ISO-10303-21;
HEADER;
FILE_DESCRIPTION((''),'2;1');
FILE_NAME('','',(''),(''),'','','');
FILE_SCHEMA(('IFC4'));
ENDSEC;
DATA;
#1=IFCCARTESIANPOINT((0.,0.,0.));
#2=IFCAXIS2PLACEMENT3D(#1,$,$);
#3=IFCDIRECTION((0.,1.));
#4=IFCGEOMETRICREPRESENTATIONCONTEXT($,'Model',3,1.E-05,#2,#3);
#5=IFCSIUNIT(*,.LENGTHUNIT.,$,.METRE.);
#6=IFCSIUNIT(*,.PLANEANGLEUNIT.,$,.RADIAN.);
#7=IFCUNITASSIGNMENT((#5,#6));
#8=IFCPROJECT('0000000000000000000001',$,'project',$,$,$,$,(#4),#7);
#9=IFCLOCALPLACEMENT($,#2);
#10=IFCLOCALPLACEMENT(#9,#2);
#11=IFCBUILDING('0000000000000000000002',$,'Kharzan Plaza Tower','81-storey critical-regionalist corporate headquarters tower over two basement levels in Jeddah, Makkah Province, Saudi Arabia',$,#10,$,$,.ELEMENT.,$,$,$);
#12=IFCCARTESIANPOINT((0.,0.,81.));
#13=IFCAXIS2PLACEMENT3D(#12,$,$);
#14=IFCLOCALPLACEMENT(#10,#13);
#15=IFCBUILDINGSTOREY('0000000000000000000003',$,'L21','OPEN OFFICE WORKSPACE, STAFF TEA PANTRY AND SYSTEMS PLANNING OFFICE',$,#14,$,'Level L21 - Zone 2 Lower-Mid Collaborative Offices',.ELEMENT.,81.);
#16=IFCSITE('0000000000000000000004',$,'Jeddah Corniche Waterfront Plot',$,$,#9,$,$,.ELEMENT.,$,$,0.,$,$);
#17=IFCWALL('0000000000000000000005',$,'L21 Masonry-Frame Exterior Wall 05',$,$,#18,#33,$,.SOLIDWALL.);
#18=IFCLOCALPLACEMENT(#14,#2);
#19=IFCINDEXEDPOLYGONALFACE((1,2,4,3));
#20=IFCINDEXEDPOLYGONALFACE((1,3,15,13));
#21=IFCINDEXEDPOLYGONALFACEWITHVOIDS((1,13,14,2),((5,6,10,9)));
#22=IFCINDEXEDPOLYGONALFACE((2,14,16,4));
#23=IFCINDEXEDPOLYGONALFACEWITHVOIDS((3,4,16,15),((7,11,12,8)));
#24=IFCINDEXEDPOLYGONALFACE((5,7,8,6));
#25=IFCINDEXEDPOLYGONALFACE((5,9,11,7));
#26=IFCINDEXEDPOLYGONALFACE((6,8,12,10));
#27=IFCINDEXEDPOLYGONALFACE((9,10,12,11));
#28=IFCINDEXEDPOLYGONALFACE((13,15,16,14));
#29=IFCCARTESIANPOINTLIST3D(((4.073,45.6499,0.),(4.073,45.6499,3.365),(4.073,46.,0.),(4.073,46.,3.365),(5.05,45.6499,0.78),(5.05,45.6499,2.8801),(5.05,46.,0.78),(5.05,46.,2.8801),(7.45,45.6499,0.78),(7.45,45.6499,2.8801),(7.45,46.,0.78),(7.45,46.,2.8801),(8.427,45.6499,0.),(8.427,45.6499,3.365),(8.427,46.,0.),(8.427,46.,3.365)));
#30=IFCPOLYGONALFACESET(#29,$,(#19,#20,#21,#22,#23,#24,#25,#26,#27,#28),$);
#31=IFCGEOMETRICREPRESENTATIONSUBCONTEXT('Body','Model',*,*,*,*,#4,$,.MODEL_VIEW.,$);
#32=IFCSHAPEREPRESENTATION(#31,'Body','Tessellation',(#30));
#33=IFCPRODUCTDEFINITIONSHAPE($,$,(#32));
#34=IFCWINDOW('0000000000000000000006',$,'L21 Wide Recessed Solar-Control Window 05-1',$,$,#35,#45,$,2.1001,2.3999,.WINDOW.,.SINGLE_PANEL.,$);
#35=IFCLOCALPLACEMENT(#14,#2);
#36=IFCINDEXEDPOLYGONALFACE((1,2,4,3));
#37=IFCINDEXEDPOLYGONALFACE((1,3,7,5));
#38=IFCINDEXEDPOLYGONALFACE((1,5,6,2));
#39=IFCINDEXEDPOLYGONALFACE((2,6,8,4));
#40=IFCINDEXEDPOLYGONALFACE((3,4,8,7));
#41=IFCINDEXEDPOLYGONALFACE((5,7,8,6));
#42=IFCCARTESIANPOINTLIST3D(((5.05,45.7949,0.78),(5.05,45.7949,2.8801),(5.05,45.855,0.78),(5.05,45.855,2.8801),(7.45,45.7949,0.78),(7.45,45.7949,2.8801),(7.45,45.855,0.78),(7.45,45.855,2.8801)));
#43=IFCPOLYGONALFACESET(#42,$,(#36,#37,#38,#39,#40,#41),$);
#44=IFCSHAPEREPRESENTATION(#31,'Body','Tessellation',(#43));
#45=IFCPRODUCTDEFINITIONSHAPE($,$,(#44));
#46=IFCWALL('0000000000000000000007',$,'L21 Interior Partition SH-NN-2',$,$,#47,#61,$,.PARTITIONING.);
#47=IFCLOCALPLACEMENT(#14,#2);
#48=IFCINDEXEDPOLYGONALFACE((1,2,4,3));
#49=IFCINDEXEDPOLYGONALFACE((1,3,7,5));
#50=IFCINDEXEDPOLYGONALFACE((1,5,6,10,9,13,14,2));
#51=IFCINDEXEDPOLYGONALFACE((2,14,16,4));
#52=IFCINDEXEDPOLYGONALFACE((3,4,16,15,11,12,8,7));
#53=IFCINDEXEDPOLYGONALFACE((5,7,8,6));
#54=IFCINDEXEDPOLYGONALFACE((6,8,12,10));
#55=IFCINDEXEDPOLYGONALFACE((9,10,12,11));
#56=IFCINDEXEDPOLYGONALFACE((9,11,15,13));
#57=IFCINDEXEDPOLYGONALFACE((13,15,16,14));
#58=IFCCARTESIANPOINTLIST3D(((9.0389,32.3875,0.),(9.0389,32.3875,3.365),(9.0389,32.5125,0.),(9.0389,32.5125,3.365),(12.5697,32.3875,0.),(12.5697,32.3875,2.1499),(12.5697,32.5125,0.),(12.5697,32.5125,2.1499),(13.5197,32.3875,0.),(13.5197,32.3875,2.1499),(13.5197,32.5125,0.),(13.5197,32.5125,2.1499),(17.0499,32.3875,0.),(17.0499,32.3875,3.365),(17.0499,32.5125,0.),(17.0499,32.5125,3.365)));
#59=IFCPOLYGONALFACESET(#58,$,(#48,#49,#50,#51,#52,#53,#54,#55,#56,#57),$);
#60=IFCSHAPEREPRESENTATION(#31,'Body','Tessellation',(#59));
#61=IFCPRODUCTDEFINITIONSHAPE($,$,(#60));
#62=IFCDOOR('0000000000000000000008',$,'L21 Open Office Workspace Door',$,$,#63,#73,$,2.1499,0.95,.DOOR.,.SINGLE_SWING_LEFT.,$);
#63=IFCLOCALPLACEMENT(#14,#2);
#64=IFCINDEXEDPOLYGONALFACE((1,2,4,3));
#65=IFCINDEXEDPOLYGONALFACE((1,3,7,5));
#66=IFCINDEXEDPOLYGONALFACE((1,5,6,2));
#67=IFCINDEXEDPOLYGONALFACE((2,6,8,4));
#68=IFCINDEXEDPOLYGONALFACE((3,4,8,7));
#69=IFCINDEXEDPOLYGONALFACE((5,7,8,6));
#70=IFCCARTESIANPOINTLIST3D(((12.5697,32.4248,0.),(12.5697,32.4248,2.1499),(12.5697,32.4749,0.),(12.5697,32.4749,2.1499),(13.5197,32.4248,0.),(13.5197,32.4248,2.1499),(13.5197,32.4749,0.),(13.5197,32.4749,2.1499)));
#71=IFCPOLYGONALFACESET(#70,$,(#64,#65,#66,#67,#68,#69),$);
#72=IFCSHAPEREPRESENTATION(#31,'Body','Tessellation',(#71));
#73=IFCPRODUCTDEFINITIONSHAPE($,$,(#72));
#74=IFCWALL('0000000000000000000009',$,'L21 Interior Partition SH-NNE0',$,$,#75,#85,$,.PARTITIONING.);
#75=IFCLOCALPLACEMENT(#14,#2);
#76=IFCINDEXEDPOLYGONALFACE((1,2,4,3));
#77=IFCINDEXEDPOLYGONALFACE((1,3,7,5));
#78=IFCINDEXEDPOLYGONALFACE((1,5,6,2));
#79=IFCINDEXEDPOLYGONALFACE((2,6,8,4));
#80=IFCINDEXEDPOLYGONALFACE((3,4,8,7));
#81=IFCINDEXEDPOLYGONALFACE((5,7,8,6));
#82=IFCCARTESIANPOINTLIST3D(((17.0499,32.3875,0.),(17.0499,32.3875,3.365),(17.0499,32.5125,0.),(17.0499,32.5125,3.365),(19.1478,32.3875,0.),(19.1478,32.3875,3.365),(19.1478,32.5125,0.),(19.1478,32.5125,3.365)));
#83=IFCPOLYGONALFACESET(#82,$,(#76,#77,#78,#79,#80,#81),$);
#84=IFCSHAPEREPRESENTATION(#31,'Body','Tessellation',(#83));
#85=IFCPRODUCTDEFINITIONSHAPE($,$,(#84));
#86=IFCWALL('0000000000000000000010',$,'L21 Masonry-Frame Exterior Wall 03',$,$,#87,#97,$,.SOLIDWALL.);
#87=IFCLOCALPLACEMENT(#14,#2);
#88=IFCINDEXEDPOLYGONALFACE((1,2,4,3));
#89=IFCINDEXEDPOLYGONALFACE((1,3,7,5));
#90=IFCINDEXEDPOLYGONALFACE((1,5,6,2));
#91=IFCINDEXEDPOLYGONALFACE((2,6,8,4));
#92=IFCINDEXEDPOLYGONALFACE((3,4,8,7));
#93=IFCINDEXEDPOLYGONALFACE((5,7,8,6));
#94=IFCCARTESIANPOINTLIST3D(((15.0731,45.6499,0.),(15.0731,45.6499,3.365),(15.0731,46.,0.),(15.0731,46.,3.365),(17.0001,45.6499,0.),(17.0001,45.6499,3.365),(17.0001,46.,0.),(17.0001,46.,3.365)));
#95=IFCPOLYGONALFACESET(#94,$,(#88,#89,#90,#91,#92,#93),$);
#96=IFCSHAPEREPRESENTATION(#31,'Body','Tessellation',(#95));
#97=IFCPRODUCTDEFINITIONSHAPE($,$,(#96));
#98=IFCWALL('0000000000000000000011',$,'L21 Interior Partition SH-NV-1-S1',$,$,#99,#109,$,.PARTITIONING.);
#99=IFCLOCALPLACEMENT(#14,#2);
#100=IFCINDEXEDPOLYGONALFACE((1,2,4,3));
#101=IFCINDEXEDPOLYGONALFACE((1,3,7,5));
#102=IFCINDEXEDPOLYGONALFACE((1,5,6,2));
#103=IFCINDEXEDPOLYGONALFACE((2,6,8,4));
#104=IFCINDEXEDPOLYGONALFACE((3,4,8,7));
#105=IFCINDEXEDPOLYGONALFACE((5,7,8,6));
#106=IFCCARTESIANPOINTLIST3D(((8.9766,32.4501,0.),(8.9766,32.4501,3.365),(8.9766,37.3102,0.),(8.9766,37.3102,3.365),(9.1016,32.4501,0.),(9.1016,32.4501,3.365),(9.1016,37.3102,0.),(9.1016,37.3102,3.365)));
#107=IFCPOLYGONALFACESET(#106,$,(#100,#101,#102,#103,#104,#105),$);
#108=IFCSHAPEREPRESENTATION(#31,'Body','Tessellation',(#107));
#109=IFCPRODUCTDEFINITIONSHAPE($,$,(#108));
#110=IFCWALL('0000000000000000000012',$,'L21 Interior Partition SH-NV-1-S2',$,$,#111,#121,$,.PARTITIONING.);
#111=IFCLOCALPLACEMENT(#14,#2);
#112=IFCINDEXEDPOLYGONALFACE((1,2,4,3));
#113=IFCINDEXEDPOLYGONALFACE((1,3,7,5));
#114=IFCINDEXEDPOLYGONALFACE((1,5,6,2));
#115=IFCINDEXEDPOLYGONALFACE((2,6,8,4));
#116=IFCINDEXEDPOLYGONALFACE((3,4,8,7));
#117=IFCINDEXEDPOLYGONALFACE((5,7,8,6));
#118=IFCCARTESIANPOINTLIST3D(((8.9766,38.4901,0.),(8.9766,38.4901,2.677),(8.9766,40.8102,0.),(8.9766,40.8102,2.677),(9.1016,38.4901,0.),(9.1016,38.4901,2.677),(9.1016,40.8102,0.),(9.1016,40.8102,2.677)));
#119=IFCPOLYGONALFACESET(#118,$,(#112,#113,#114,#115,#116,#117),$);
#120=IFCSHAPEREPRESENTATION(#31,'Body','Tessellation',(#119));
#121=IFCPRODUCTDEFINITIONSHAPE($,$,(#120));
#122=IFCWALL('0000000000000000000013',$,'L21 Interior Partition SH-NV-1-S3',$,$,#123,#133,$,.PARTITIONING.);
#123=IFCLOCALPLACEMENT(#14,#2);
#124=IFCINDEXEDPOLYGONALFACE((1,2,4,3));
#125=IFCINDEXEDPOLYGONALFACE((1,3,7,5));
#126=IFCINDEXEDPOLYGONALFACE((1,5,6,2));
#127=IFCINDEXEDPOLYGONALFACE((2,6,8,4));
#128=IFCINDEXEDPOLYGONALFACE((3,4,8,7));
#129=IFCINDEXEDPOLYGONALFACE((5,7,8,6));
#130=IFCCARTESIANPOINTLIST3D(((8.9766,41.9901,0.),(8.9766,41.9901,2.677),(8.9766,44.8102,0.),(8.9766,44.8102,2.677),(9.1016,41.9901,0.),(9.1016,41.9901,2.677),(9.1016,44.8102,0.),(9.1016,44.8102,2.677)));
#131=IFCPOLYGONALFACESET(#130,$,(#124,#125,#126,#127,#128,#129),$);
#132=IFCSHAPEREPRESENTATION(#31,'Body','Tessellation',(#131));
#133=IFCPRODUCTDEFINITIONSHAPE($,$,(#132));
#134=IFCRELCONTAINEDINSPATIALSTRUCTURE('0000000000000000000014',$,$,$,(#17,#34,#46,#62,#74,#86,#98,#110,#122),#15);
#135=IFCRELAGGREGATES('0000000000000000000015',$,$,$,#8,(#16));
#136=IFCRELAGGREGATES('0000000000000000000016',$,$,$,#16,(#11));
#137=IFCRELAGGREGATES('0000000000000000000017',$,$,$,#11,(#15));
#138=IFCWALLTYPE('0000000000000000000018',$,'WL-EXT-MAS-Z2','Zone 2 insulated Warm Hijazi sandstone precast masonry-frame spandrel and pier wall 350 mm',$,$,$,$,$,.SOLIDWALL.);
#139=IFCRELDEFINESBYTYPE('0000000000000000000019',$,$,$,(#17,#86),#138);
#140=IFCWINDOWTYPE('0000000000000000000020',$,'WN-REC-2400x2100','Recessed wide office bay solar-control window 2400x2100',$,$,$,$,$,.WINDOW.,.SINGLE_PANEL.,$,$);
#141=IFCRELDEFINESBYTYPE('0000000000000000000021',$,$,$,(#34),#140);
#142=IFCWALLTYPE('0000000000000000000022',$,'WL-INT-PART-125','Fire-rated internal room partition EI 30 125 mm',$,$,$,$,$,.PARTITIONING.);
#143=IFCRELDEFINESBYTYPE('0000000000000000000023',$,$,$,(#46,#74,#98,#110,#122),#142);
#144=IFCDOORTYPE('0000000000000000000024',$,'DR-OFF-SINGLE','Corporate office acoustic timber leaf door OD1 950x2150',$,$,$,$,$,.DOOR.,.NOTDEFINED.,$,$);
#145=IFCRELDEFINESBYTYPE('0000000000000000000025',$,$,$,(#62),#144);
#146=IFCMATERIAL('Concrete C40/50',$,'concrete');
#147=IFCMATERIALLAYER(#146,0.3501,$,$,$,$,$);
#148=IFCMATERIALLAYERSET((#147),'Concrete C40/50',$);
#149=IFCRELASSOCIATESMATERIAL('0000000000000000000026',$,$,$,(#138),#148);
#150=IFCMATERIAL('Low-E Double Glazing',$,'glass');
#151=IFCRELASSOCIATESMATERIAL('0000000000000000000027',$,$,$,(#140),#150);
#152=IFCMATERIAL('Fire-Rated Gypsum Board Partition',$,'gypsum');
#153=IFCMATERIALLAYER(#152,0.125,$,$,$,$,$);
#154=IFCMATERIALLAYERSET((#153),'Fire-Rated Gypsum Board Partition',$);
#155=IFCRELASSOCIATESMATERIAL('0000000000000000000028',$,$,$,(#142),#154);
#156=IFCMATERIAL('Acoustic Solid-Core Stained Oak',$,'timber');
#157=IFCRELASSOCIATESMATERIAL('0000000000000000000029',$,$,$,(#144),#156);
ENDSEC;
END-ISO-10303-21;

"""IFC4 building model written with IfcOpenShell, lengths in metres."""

from ifc_helpers import new_model, si_unit, direction, frame, frame_2d, origin, place, context, subcontext, project, spatial, rectangle, extrude, source, transform, mapped, material, layer, layer_set, type_object, element, fill, save


model = new_model("IFC4")

# Units and contexts
model_context = context("Model", 3, precision=1e-05, world=origin(), true_north=direction((0.0, 1.0)))
body_context = subcontext(model_context, "Body", "Model", "MODEL_VIEW")
ifc_project = project(units=[si_unit("LENGTHUNIT", "METRE"), si_unit("PLANEANGLEUNIT", "RADIAN")], contexts=[model_context])

# Site, building, storey
site_placement = place(None, origin())
site = spatial("IfcSite", under=ifc_project, at=site_placement, Name="Jeddah Corniche Waterfront Plot", CompositionType="ELEMENT", RefElevation=0.0)
building_placement = place(site_placement, origin())
building = spatial("IfcBuilding", under=site, at=building_placement, Name="Kharzan Plaza Tower", Description="81-storey critical-regionalist corporate headquarters tower over two basement levels in Jeddah, Makkah Province, Saudi Arabia", CompositionType="ELEMENT")
storey_placement = place(building_placement, frame((0.0, 0.0, 81.0)))
storey = spatial("IfcBuildingStorey", under=building, at=storey_placement, Name="L21", Description="OPEN OFFICE WORKSPACE, STAFF TEA PANTRY AND SYSTEMS PLANNING OFFICE", LongName="Level L21 - Zone 2 Lower-Mid Collaborative Offices", CompositionType="ELEMENT", Elevation=81.0)

# Wall, opening, window
ifc_material_1 = material(Name="Concrete C40/50", Category="concrete")
ifc_layer_1 = layer(ifc_material_1, 0.3501)
ifc_layer_set_1 = layer_set([ifc_layer_1], Name="Concrete C40/50")
wall_type_1 = type_object("IfcWallType", Name="WL-EXT-MAS-Z2", Description="Zone 2 insulated Warm Hijazi sandstone precast masonry-frame spandrel and pier wall 350 mm", PredefinedType="SOLIDWALL", material=ifc_layer_set_1)
ifc_material_2 = material(Name="Low-E Double Glazing", Category="glass")
window_type_1 = type_object("IfcWindowType", Name="WN-REC-2400x2100", Description="Recessed wide office bay solar-control window 2400x2100", PartitioningType="SINGLE_PANEL", PredefinedType="WINDOW", material=ifc_material_2)
shared_shape_1 = source(origin(), body_context, "Body", "SweptSolid", [
    extrude(rectangle(XDim=2.3999, YDim=2.1001, at=frame_2d((1.2, 1.05))), frame((0.0, 0.03, 0.0), z_axis=(0.0, -1.0, 0.0), x_axis=(1.0, 0.0, 0.0)), (0.0, 0.0, 1.0), 0.0601),
])
wall_1_placement = place(storey_placement, frame((8.427, 45.825, 0.0), z_axis=(0.0, 0.0, 1.0), x_axis=(-1.0, 0.0, 0.0)))
wall_1 = element("IfcWall", 1, at=wall_1_placement, inside=storey, type_object=wall_type_1, Name="L21 Masonry-Frame Exterior Wall 05", PredefinedType="SOLIDWALL", context=body_context, shape_type="SweptSolid", body=[
    extrude(rectangle(XDim=4.354, YDim=0.3501, at=frame_2d((2.177, 0.0))), origin(), (0.0, 0.0, 1.0), 3.365),
])
opening_1_placement = place(wall_1_placement, frame((0.9771, 0.0, 0.78)))
opening_1 = element("IfcOpeningElement", 2, at=opening_1_placement, cuts=wall_1, PredefinedType="OPENING", context=body_context, shape_type="SweptSolid", body=[
    extrude(rectangle(XDim=2.3999, YDim=2.1001, at=frame_2d((1.2, 1.05))), frame((0.0, 0.1851, 0.0), z_axis=(0.0, -1.0, 0.0), x_axis=(1.0, 0.0, 0.0)), (0.0, 0.0, 1.0), 0.3701),
])
window_1_placement = place(opening_1_placement, origin())
window_1 = element("IfcWindow", 3, at=window_1_placement, inside=storey, type_object=window_type_1, Name="L21 Wide Recessed Solar-Control Window 05-1", OverallHeight=2.1001, OverallWidth=2.3999, PartitioningType="SINGLE_PANEL", PredefinedType="WINDOW", context=body_context, shape_type="MappedRepresentation", body=[
    mapped(shared_shape_1, transform((0.0, 0.0, 0.0), x_axis=(1.0, 0.0, 0.0), y_axis=(0.0, 1.0, 0.0), z_axis=(0.0, 0.0, 1.0))),
])
fill(opening_1, window_1)

# Wall, opening, door
ifc_material_3 = material(Name="Fire-Rated Gypsum Board Partition", Category="gypsum")
ifc_layer_2 = layer(ifc_material_3, 0.125)
ifc_layer_set_2 = layer_set([ifc_layer_2], Name="Fire-Rated Gypsum Board Partition")
wall_type_2 = type_object("IfcWallType", Name="WL-INT-PART-125", Description="Fire-rated internal room partition EI 30 125 mm", PredefinedType="PARTITIONING", material=ifc_layer_set_2)
wall_2_placement = place(storey_placement, frame((9.0391, 32.45, 0.0), z_axis=(0.0, 0.0, 1.0), x_axis=(1.0, 0.0, 0.0)))
wall_2 = element("IfcWall", 4, at=wall_2_placement, inside=storey, type_object=wall_type_2, Name="L21 Interior Partition SH-NN-2", PredefinedType="PARTITIONING", context=body_context, shape_type="SweptSolid", body=[
    extrude(rectangle(XDim=8.011, YDim=0.125, at=frame_2d((4.0054, 0.0))), origin(), (0.0, 0.0, 1.0), 3.365),
])
opening_2_placement = place(wall_2_placement, frame((3.5305, 0.0, 0.0)))
opening_2 = element("IfcOpeningElement", 5, at=opening_2_placement, cuts=wall_2, PredefinedType="OPENING", context=body_context, shape_type="SweptSolid", body=[
    extrude(rectangle(XDim=0.95, YDim=2.1499, at=frame_2d((0.4751, 1.075))), frame((0.0, 0.0725, 0.0), z_axis=(0.0, -1.0, 0.0), x_axis=(1.0, 0.0, 0.0)), (0.0, 0.0, 1.0), 0.145),
])
ifc_material_4 = material(Name="Acoustic Solid-Core Stained Oak", Category="timber")
door_type = type_object("IfcDoorType", Name="DR-OFF-SINGLE", Description="Corporate office acoustic timber leaf door OD1 950x2150", OperationType="NOTDEFINED", PredefinedType="DOOR", material=ifc_material_4)
shared_shape_2 = source(origin(), body_context, "Body", "SweptSolid", [
    extrude(rectangle(XDim=0.95, YDim=2.1499, at=frame_2d((0.4751, 1.075))), frame((0.0, 0.0249, 0.0), z_axis=(0.0, -1.0, 0.0), x_axis=(1.0, 0.0, 0.0)), (0.0, 0.0, 1.0), 0.05),
])
door_placement = place(opening_2_placement, origin())
door = element("IfcDoor", 6, at=door_placement, inside=storey, type_object=door_type, Name="L21 Open Office Workspace Door", OperationType="SINGLE_SWING_LEFT", OverallHeight=2.1499, OverallWidth=0.95, PredefinedType="DOOR", context=body_context, shape_type="MappedRepresentation", body=[
    mapped(shared_shape_2, transform((0.0, 0.0, 0.0), x_axis=(1.0, 0.0, 0.0), y_axis=(0.0, 1.0, 0.0), z_axis=(0.0, 0.0, 1.0))),
])
fill(opening_2, door)

# Walls
shared_shape_3 = source(origin(), body_context, "Body", "SweptSolid", [
    extrude(rectangle(XDim=2.0979, YDim=0.125, at=frame_2d((1.0488, 0.0))), origin(), (0.0, 0.0, 1.0), 3.365),
])
wall_3_placement = place(storey_placement, frame((17.05, 32.45, 0.0), z_axis=(0.0, 0.0, 1.0), x_axis=(1.0, 0.0, 0.0)))
element("IfcWall", 7, at=wall_3_placement, inside=storey, type_object=wall_type_2, Name="L21 Interior Partition SH-NNE0", PredefinedType="PARTITIONING", context=body_context, shape_type="MappedRepresentation", body=[
    mapped(shared_shape_3, transform((0.0, 0.0, 0.0), x_axis=(1.0, 0.0, 0.0), y_axis=(0.0, 1.0, 0.0), z_axis=(0.0, 0.0, 1.0))),
])
shared_shape_4 = source(origin(), body_context, "Body", "SweptSolid", [
    extrude(rectangle(XDim=1.927, YDim=0.3501, at=frame_2d((0.9634, 0.0))), origin(), (0.0, 0.0, 1.0), 3.365),
])
wall_4_placement = place(storey_placement, frame((17.0, 45.825, 0.0), z_axis=(0.0, 0.0, 1.0), x_axis=(-1.0, 0.0, 0.0)))
element("IfcWall", 8, at=wall_4_placement, inside=storey, type_object=wall_type_1, Name="L21 Masonry-Frame Exterior Wall 03", PredefinedType="SOLIDWALL", context=body_context, shape_type="MappedRepresentation", body=[
    mapped(shared_shape_4, transform((0.0, 0.0, 0.0), x_axis=(1.0, 0.0, 0.0), y_axis=(0.0, 1.0, 0.0), z_axis=(0.0, 0.0, 1.0))),
])
shared_shape_5 = source(origin(), body_context, "Body", "SweptSolid", [
    extrude(rectangle(XDim=4.8601, YDim=0.125, at=frame_2d((2.4302, 0.0))), origin(), (0.0, 0.0, 1.0), 3.365),
])
wall_5_placement = place(storey_placement, frame((9.0391, 32.45, 0.0), z_axis=(0.0, 0.0, 1.0), x_axis=(0.0, 1.0, 0.0)))
element("IfcWall", 9, at=wall_5_placement, inside=storey, type_object=wall_type_2, Name="L21 Interior Partition SH-NV-1-S1", PredefinedType="PARTITIONING", context=body_context, shape_type="MappedRepresentation", body=[
    mapped(shared_shape_5, transform((0.0, 0.0, 0.0), x_axis=(1.0, 0.0, 0.0), y_axis=(0.0, 1.0, 0.0), z_axis=(0.0, 0.0, 1.0))),
])
shared_shape_6 = source(origin(), body_context, "Body", "SweptSolid", [
    extrude(rectangle(XDim=2.3201, YDim=0.125, at=frame_2d((1.1602, 0.0))), origin(), (0.0, 0.0, 1.0), 2.677),
])
wall_6_placement = place(storey_placement, frame((9.0391, 38.49, 0.0), z_axis=(0.0, 0.0, 1.0), x_axis=(0.0, 1.0, 0.0)))
element("IfcWall", 10, at=wall_6_placement, inside=storey, type_object=wall_type_2, Name="L21 Interior Partition SH-NV-1-S2", PredefinedType="PARTITIONING", context=body_context, shape_type="MappedRepresentation", body=[
    mapped(shared_shape_6, transform((0.0, 0.0, 0.0), x_axis=(1.0, 0.0, 0.0), y_axis=(0.0, 1.0, 0.0), z_axis=(0.0, 0.0, 1.0))),
])
shared_shape_7 = source(origin(), body_context, "Body", "SweptSolid", [
    extrude(rectangle(XDim=2.8201, YDim=0.125, at=frame_2d((1.4102, 0.0))), origin(), (0.0, 0.0, 1.0), 2.677),
])
wall_7_placement = place(storey_placement, frame((9.0391, 41.99, 0.0), z_axis=(0.0, 0.0, 1.0), x_axis=(0.0, 1.0, 0.0)))
element("IfcWall", 11, at=wall_7_placement, inside=storey, type_object=wall_type_2, Name="L21 Interior Partition SH-NV-1-S3", PredefinedType="PARTITIONING", context=body_context, shape_type="MappedRepresentation", body=[
    mapped(shared_shape_7, transform((0.0, 0.0, 0.0), x_axis=(1.0, 0.0, 0.0), y_axis=(0.0, 1.0, 0.0), z_axis=(0.0, 0.0, 1.0))),
])

save(model, "model.ifc")
